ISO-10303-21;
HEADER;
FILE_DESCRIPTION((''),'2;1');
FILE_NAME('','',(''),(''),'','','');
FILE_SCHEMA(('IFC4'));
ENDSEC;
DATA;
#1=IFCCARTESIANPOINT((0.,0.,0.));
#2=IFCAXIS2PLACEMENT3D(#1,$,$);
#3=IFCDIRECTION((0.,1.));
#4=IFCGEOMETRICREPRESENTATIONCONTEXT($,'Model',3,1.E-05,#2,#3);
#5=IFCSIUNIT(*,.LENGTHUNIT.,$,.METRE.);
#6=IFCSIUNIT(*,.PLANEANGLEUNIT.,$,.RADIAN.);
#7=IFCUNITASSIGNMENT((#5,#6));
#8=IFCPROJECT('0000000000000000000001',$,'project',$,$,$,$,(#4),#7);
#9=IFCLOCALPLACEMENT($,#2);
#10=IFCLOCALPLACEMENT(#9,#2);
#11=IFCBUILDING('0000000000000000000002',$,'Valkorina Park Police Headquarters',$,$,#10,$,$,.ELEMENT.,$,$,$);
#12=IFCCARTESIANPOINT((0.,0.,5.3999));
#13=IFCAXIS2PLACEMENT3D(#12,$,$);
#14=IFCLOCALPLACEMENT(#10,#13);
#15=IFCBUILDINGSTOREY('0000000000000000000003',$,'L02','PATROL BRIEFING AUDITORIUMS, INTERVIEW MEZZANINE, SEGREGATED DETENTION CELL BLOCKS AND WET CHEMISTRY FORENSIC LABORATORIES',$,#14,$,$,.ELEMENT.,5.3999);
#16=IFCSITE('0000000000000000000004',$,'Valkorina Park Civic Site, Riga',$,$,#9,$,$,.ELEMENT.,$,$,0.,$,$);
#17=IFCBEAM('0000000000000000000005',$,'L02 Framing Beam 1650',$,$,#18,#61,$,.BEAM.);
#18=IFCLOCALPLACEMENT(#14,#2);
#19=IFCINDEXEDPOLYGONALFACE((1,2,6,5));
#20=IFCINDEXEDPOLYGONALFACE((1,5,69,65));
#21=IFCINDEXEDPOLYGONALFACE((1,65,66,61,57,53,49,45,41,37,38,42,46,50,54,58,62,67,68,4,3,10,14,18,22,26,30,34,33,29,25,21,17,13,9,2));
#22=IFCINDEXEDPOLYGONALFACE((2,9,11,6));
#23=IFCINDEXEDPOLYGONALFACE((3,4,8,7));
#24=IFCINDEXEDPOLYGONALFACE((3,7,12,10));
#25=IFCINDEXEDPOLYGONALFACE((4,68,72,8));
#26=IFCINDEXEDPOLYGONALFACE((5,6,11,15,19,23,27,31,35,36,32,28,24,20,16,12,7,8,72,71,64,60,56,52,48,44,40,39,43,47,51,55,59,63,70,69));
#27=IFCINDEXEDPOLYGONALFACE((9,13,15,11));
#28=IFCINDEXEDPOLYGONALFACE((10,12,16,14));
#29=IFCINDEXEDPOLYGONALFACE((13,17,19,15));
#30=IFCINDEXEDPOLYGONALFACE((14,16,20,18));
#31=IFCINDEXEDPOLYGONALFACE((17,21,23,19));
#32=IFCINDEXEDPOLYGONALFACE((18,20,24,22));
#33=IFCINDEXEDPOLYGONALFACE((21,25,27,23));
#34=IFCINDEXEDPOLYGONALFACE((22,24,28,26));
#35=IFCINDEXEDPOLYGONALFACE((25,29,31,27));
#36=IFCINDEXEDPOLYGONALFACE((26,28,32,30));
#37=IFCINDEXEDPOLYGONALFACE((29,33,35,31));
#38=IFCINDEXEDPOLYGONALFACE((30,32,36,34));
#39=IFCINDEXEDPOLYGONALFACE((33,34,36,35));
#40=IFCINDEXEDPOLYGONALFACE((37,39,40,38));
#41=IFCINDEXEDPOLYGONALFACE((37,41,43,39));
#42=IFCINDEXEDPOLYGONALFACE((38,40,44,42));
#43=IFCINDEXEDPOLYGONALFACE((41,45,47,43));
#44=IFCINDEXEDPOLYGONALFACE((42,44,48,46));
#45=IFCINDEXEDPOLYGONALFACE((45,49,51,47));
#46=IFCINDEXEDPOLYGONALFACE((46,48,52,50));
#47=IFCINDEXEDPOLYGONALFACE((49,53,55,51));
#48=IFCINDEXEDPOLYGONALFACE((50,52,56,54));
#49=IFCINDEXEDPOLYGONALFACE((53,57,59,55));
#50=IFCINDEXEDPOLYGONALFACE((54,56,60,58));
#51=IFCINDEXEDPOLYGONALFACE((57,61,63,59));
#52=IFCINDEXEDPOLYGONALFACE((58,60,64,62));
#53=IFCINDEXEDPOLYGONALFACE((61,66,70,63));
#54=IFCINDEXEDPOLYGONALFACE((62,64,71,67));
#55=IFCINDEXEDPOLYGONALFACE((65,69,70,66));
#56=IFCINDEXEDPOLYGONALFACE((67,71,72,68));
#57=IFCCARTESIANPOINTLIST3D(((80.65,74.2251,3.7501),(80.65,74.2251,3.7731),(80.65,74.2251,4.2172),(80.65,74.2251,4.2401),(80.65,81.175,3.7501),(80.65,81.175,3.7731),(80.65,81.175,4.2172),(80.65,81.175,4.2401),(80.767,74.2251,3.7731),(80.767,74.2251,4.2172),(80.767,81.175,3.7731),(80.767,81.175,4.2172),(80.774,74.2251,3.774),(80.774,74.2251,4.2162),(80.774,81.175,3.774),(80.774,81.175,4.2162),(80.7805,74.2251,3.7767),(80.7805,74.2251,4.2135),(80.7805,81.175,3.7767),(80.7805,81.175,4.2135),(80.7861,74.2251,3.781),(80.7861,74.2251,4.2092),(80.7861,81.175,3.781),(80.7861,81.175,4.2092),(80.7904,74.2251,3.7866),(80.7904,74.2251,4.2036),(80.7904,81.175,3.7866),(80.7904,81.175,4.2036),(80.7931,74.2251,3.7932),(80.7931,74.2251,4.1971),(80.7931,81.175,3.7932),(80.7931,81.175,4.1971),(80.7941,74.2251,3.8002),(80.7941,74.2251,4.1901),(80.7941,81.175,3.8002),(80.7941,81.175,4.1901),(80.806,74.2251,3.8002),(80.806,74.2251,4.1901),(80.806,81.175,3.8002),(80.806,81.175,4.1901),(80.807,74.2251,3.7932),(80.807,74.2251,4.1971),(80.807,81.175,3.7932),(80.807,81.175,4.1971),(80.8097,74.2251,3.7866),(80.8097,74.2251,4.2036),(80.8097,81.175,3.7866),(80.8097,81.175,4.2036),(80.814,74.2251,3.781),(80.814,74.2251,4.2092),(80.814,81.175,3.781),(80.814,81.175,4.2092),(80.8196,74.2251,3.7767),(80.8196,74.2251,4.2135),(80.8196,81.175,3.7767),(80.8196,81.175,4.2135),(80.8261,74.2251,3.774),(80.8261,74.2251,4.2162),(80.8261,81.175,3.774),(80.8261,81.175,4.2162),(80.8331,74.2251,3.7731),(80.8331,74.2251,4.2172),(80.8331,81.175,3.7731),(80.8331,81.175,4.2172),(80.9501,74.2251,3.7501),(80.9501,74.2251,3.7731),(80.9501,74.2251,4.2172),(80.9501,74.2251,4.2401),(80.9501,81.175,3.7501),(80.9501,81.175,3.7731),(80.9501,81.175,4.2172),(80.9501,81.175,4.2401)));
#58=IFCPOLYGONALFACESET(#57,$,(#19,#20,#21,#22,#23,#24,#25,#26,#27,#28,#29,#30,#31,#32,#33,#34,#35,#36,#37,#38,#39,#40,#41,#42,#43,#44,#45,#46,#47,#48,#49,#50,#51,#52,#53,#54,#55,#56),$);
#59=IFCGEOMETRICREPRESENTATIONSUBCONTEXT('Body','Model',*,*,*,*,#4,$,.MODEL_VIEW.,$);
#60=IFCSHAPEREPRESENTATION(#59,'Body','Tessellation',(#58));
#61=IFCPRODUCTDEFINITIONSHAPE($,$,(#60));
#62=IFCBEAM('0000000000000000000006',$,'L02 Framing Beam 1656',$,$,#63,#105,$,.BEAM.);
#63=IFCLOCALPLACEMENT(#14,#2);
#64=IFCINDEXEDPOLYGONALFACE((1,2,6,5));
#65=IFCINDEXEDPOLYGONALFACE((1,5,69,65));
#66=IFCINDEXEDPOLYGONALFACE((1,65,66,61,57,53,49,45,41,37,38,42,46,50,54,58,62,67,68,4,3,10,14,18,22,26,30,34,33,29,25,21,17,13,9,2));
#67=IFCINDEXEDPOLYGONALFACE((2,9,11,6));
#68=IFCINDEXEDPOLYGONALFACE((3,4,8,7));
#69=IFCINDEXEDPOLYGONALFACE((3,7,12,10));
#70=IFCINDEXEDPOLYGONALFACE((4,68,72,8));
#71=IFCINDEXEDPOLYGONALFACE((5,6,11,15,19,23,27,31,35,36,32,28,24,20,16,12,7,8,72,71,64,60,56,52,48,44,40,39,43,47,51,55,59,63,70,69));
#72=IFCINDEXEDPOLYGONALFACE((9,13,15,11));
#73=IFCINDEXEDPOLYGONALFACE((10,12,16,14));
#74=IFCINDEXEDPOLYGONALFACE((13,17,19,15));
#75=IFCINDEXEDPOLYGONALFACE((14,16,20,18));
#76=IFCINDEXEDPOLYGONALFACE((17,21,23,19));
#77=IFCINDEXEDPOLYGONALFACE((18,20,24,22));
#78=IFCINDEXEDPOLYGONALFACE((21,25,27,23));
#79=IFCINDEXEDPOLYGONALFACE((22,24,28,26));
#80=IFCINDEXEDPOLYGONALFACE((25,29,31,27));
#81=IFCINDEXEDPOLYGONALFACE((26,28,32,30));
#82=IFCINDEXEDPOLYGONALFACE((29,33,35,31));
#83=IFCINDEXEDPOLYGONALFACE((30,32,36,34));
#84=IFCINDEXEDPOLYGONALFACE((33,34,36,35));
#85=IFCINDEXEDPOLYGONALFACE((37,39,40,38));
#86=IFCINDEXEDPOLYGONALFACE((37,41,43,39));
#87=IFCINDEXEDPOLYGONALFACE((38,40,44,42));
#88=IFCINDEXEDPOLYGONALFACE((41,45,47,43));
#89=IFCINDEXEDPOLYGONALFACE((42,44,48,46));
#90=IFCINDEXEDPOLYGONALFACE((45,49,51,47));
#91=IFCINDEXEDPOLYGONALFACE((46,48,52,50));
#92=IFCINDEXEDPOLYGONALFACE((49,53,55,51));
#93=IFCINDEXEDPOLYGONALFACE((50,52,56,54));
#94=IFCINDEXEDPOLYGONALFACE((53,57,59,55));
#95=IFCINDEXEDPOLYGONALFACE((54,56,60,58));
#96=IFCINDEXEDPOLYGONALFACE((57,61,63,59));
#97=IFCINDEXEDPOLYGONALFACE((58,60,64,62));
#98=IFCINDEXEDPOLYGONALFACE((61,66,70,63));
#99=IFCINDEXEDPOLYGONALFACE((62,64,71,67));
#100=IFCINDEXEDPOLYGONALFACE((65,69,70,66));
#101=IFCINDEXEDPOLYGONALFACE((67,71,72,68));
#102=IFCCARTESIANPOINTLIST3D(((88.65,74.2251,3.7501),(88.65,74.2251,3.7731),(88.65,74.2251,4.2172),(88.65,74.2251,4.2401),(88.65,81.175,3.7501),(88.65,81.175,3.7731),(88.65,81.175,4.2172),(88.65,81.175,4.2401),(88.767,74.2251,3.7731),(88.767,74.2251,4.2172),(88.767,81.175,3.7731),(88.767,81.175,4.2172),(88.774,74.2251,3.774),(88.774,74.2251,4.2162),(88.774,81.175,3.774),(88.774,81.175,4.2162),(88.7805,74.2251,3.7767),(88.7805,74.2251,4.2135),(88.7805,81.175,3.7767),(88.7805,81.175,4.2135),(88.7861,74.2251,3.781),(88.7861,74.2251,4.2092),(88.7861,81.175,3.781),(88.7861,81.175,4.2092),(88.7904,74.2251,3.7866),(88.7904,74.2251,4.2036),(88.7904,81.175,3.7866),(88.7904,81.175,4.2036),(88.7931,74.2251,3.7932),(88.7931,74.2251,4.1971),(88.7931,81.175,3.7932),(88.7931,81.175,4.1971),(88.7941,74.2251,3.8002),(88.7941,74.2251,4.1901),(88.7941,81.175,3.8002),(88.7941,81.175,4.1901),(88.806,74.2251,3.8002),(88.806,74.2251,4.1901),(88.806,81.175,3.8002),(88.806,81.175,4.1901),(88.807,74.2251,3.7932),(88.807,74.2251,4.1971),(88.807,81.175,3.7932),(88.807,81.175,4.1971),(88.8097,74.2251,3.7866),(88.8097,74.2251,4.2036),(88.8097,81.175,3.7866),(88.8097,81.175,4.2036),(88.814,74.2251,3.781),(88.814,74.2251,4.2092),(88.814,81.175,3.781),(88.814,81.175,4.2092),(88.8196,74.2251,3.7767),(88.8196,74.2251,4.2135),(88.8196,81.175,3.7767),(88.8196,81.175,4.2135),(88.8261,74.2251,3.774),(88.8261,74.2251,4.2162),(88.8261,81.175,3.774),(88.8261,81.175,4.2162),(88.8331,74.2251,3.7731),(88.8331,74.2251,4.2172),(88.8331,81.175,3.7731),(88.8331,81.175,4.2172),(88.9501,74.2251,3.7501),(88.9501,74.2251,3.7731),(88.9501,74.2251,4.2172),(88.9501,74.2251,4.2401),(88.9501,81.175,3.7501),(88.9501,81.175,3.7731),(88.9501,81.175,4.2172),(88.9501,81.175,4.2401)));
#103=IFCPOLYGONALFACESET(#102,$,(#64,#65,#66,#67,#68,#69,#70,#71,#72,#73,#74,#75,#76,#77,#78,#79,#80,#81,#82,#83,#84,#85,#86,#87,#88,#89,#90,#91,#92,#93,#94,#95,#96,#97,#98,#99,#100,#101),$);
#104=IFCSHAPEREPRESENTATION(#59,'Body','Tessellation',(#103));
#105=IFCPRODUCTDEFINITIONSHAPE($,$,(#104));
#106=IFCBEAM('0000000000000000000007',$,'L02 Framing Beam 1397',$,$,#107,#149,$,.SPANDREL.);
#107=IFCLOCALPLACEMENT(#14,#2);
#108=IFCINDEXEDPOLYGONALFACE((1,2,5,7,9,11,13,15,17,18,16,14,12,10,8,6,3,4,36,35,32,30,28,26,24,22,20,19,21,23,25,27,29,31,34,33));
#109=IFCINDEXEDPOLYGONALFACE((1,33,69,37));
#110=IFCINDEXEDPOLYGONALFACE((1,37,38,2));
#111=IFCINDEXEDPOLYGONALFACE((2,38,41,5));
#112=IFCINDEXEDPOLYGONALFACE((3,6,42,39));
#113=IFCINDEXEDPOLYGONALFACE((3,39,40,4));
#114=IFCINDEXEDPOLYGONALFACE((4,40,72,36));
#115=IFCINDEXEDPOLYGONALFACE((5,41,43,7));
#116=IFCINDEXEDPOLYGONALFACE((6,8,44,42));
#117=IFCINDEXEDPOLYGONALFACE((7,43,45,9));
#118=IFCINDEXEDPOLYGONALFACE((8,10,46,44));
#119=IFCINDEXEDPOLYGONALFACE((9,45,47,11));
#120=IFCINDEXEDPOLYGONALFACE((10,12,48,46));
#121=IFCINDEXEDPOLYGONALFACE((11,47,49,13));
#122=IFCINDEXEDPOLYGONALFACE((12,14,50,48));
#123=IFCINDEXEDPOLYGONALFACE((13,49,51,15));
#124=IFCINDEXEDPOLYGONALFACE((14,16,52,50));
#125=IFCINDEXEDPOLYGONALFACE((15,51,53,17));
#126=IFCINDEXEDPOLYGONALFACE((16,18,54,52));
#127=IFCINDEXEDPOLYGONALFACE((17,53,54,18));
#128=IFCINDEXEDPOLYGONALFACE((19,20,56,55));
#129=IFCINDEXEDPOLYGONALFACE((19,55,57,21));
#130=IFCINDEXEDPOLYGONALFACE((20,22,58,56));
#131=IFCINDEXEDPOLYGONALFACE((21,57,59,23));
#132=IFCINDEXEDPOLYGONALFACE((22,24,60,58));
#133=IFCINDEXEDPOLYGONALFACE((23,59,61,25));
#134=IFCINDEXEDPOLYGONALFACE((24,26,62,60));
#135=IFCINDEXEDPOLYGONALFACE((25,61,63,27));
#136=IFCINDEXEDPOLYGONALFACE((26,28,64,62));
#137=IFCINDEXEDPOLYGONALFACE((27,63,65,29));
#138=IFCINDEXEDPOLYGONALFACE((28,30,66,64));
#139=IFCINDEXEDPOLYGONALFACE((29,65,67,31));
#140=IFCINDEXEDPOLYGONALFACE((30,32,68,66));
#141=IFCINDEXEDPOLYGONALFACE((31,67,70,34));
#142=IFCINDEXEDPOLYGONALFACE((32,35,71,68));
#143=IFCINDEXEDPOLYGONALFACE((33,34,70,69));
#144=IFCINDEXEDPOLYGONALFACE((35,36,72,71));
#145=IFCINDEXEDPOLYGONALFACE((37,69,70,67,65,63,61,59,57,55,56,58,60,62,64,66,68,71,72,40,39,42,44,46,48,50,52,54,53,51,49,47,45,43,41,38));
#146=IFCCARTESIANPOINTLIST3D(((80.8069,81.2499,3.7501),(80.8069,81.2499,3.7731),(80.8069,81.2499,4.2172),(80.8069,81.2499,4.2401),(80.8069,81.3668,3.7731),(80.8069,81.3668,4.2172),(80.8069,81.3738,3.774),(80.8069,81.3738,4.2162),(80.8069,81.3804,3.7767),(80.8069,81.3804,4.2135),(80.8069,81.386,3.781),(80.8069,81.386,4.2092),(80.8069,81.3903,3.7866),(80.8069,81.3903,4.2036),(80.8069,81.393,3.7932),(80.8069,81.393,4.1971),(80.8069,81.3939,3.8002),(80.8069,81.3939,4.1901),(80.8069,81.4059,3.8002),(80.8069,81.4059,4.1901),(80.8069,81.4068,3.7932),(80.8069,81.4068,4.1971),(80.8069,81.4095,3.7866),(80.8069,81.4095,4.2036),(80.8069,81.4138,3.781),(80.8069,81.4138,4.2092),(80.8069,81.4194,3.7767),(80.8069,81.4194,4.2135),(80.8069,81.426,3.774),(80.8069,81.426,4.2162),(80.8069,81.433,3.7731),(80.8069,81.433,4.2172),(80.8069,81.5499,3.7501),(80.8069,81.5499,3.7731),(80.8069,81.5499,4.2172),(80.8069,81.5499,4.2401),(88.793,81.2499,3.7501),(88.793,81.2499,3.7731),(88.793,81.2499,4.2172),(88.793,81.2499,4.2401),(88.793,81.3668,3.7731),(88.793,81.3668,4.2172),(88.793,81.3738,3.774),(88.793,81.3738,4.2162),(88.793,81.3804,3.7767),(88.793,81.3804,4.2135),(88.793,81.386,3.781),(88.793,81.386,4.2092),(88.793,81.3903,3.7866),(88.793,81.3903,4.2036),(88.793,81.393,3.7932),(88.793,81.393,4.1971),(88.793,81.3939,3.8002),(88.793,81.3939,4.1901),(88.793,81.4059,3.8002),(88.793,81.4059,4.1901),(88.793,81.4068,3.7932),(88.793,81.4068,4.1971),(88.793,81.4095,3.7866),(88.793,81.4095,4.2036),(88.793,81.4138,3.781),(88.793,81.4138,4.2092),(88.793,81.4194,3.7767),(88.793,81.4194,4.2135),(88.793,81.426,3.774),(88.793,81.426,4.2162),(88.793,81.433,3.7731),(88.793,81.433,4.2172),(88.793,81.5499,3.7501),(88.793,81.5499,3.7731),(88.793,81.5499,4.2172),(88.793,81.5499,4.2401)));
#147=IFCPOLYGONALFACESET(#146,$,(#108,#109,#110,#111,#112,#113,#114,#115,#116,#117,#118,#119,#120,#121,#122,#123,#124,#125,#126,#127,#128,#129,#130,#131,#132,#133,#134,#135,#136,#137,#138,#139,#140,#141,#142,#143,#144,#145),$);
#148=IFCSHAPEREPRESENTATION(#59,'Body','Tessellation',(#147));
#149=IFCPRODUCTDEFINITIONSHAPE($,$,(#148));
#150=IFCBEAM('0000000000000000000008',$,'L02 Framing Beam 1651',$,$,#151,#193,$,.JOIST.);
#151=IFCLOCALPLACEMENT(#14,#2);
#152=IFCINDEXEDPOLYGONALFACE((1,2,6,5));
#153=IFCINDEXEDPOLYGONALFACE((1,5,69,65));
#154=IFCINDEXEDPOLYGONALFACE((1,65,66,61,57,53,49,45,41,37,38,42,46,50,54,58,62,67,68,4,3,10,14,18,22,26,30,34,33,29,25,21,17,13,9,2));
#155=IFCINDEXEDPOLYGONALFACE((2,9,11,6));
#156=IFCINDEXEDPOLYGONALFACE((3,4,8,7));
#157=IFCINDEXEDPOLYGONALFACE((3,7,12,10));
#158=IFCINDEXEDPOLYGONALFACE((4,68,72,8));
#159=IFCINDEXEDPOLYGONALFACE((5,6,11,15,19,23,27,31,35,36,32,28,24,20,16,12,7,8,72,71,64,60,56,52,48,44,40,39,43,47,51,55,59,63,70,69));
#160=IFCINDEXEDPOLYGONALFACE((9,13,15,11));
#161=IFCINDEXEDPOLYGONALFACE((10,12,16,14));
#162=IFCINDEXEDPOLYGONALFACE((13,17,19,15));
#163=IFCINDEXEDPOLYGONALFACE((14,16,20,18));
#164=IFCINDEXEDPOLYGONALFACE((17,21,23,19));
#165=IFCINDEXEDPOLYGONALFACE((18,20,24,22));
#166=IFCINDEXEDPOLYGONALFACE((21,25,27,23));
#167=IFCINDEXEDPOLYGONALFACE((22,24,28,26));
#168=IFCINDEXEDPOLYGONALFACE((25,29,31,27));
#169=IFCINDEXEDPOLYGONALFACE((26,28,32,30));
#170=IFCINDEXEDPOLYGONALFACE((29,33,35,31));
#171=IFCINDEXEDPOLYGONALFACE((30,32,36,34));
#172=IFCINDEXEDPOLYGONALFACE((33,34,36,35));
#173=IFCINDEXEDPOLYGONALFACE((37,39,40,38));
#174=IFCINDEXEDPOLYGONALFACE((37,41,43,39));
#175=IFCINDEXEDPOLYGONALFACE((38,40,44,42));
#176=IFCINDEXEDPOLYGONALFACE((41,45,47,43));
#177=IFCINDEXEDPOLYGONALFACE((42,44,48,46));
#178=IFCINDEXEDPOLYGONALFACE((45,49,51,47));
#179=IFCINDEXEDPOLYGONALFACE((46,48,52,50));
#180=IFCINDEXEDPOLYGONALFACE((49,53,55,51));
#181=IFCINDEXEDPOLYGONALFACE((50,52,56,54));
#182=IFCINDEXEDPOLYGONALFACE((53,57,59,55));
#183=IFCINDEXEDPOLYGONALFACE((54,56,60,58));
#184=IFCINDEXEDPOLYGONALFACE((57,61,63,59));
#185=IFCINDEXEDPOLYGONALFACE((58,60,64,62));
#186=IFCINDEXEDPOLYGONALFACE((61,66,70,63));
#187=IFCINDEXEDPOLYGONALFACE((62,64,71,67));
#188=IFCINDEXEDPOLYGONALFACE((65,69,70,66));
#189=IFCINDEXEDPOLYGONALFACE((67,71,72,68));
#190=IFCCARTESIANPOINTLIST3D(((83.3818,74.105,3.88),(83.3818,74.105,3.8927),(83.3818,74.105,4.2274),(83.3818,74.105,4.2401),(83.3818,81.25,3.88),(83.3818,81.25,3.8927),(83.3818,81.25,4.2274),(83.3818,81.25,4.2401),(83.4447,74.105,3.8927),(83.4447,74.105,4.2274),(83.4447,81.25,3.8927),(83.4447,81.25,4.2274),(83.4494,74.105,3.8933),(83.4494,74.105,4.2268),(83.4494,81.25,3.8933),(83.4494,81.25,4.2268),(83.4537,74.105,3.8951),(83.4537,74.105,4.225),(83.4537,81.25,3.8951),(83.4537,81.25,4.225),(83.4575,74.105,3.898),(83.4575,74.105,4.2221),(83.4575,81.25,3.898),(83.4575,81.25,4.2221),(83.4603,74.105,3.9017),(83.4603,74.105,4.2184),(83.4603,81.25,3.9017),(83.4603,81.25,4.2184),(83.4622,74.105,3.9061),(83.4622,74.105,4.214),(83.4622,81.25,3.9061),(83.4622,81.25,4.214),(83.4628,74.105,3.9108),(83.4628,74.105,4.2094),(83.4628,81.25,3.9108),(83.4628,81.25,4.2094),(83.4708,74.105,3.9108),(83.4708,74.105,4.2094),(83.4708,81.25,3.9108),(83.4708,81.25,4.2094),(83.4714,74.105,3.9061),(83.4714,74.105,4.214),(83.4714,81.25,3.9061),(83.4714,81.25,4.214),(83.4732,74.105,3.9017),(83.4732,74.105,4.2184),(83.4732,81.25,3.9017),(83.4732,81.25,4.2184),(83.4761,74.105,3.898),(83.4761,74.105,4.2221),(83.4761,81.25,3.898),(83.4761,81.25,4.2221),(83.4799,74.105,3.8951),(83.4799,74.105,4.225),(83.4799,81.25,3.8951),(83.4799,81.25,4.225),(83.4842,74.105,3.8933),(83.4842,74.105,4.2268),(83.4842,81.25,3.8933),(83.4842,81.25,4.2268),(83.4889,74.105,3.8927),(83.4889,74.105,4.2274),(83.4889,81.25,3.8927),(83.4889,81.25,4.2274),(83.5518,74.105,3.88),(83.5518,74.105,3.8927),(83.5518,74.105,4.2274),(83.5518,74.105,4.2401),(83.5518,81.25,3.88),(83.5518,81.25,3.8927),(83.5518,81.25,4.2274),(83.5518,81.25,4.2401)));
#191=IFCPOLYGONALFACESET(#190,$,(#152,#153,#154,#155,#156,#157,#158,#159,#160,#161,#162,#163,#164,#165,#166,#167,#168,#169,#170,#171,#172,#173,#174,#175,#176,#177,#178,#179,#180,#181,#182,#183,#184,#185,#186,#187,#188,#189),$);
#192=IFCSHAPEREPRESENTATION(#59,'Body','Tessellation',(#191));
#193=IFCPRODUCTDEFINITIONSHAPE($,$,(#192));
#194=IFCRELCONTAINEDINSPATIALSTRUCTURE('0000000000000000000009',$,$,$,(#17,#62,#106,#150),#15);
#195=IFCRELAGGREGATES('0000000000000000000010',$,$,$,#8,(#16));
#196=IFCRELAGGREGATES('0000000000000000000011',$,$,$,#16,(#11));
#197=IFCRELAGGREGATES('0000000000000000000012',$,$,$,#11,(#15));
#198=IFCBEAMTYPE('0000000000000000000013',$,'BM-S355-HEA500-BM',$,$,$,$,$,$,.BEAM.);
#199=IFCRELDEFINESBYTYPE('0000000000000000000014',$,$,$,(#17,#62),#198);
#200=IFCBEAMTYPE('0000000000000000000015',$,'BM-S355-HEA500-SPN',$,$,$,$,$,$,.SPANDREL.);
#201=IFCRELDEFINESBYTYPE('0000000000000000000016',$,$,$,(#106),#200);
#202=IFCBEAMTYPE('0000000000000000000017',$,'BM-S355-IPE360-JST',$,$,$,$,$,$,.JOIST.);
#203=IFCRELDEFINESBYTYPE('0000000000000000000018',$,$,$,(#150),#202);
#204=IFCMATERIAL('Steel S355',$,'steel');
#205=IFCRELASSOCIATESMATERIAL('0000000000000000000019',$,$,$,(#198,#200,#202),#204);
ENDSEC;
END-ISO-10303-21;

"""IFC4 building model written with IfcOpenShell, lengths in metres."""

from ifc_helpers import new_model, si_unit, direction, frame, origin, origin_2d, place, context, subcontext, project, spatial, i_section, extrude, material, material_profile, profile_set, type_object, element, save


model = new_model("IFC4")

# Units and contexts
model_context = context("Model", 3, precision=1e-05, world=origin(), true_north=direction((0.0, 1.0)))
body_context = subcontext(model_context, "Body", "Model", "MODEL_VIEW")
ifc_project = project(units=[si_unit("LENGTHUNIT", "METRE"), si_unit("PLANEANGLEUNIT", "RADIAN")], contexts=[model_context])

# Site, building, storey
site_placement = place(None, origin())
site = spatial("IfcSite", under=ifc_project, at=site_placement, Name="Valkorina Park Civic Site, Riga", CompositionType="ELEMENT", RefElevation=0.0)
building_placement = place(site_placement, origin())
building = spatial("IfcBuilding", under=site, at=building_placement, Name="Valkorina Park Police Headquarters", CompositionType="ELEMENT")
storey_placement = place(building_placement, frame((0.0, 0.0, 5.3999)))
storey = spatial("IfcBuildingStorey", under=building, at=storey_placement, Name="L02", Description="PATROL BRIEFING AUDITORIUMS, INTERVIEW MEZZANINE, SEGREGATED DETENTION CELL BLOCKS AND WET CHEMISTRY FORENSIC LABORATORIES", CompositionType="ELEMENT", Elevation=5.3999)

# Shared definitions
ifc_material_1 = material(Name="Steel S355", Category="steel")

# Beams
ifc_material_profile_1 = material_profile(ifc_material_1, i_section(OverallWidth=0.3, OverallDepth=0.49, WebThickness=0.012, FlangeThickness=0.0229, FilletRadius=0.0271, at=origin_2d()), Name="HEA 500")
ifc_profile_set_1 = profile_set([ifc_material_profile_1], Name="Steel S355")
beam_type_1 = type_object("IfcBeamType", Name="BM-S355-HEA500-BM", PredefinedType="BEAM", material=ifc_profile_set_1)
for number, where, z_axis, x_axis, name in (
    (1, (80.8, 74.2251, 3.9951), (0.0, 1.0, 0.0), (-1.0, 0.0, 0.0), "L02 Framing Beam 1650"),
    (2, (88.8, 74.2251, 3.9951), (0.0, 1.0, 0.0), (-1.0, 0.0, 0.0), "L02 Framing Beam 1656"),
):
    element("IfcBeam", number, at=place(storey_placement, frame(where, z_axis=z_axis, x_axis=x_axis)), inside=storey, type_object=beam_type_1, Name=name, PredefinedType="BEAM", context=body_context, shape_type="SweptSolid", body=[
        extrude(i_section(OverallWidth=0.3, OverallDepth=0.49, WebThickness=0.012, FlangeThickness=0.0229, FilletRadius=0.0271, at=origin_2d()), origin(), (0.0, 0.0, 1.0), 6.95),
    ])
ifc_material_profile_2 = material_profile(ifc_material_1, i_section(OverallWidth=0.3, OverallDepth=0.49, WebThickness=0.012, FlangeThickness=0.0229, FilletRadius=0.0271, at=origin_2d()), Name="HEA 500")
ifc_profile_set_2 = profile_set([ifc_material_profile_2], Name="Steel S355")
beam_type_2 = type_object("IfcBeamType", Name="BM-S355-HEA500-SPN", PredefinedType="SPANDREL", material=ifc_profile_set_2)
beam_1_placement = place(storey_placement, frame((80.8069, 81.3999, 3.9951), z_axis=(1.0, 0.0, 0.0), x_axis=(0.0, 1.0, 0.0)))
element("IfcBeam", 3, at=beam_1_placement, inside=storey, type_object=beam_type_2, Name="L02 Framing Beam 1397", PredefinedType="SPANDREL", context=body_context, shape_type="SweptSolid", body=[
    extrude(i_section(OverallWidth=0.3, OverallDepth=0.49, WebThickness=0.012, FlangeThickness=0.0229, FilletRadius=0.0271, at=origin_2d()), origin(), (0.0, 0.0, 1.0), 7.9861),
])
ifc_material_profile_3 = material_profile(ifc_material_1, i_section(OverallWidth=0.1699, OverallDepth=0.3601, WebThickness=0.0081, FlangeThickness=0.0127, FilletRadius=0.0181, at=origin_2d()), Name="IPE 360")
ifc_profile_set_3 = profile_set([ifc_material_profile_3], Name="Steel S355")
beam_type_3 = type_object("IfcBeamType", Name="BM-S355-IPE360-JST", PredefinedType="JOIST", material=ifc_profile_set_3)
for number, where, z_axis, x_axis, name in (
    (4, (83.4668, 74.105, 4.0601), (0.0, 1.0, 0.0), (-1.0, 0.0, 0.0), "L02 Framing Beam 1651"),
):
    element("IfcBeam", number, at=place(storey_placement, frame(where, z_axis=z_axis, x_axis=x_axis)), inside=storey, type_object=beam_type_3, Name=name, PredefinedType="JOIST", context=body_context, shape_type="SweptSolid", body=[
        extrude(i_section(OverallWidth=0.1699, OverallDepth=0.3601, WebThickness=0.0081, FlangeThickness=0.0127, FilletRadius=0.0181, at=origin_2d()), origin(), (0.0, 0.0, 1.0), 7.145),
    ])

save(model, "model.ifc")
